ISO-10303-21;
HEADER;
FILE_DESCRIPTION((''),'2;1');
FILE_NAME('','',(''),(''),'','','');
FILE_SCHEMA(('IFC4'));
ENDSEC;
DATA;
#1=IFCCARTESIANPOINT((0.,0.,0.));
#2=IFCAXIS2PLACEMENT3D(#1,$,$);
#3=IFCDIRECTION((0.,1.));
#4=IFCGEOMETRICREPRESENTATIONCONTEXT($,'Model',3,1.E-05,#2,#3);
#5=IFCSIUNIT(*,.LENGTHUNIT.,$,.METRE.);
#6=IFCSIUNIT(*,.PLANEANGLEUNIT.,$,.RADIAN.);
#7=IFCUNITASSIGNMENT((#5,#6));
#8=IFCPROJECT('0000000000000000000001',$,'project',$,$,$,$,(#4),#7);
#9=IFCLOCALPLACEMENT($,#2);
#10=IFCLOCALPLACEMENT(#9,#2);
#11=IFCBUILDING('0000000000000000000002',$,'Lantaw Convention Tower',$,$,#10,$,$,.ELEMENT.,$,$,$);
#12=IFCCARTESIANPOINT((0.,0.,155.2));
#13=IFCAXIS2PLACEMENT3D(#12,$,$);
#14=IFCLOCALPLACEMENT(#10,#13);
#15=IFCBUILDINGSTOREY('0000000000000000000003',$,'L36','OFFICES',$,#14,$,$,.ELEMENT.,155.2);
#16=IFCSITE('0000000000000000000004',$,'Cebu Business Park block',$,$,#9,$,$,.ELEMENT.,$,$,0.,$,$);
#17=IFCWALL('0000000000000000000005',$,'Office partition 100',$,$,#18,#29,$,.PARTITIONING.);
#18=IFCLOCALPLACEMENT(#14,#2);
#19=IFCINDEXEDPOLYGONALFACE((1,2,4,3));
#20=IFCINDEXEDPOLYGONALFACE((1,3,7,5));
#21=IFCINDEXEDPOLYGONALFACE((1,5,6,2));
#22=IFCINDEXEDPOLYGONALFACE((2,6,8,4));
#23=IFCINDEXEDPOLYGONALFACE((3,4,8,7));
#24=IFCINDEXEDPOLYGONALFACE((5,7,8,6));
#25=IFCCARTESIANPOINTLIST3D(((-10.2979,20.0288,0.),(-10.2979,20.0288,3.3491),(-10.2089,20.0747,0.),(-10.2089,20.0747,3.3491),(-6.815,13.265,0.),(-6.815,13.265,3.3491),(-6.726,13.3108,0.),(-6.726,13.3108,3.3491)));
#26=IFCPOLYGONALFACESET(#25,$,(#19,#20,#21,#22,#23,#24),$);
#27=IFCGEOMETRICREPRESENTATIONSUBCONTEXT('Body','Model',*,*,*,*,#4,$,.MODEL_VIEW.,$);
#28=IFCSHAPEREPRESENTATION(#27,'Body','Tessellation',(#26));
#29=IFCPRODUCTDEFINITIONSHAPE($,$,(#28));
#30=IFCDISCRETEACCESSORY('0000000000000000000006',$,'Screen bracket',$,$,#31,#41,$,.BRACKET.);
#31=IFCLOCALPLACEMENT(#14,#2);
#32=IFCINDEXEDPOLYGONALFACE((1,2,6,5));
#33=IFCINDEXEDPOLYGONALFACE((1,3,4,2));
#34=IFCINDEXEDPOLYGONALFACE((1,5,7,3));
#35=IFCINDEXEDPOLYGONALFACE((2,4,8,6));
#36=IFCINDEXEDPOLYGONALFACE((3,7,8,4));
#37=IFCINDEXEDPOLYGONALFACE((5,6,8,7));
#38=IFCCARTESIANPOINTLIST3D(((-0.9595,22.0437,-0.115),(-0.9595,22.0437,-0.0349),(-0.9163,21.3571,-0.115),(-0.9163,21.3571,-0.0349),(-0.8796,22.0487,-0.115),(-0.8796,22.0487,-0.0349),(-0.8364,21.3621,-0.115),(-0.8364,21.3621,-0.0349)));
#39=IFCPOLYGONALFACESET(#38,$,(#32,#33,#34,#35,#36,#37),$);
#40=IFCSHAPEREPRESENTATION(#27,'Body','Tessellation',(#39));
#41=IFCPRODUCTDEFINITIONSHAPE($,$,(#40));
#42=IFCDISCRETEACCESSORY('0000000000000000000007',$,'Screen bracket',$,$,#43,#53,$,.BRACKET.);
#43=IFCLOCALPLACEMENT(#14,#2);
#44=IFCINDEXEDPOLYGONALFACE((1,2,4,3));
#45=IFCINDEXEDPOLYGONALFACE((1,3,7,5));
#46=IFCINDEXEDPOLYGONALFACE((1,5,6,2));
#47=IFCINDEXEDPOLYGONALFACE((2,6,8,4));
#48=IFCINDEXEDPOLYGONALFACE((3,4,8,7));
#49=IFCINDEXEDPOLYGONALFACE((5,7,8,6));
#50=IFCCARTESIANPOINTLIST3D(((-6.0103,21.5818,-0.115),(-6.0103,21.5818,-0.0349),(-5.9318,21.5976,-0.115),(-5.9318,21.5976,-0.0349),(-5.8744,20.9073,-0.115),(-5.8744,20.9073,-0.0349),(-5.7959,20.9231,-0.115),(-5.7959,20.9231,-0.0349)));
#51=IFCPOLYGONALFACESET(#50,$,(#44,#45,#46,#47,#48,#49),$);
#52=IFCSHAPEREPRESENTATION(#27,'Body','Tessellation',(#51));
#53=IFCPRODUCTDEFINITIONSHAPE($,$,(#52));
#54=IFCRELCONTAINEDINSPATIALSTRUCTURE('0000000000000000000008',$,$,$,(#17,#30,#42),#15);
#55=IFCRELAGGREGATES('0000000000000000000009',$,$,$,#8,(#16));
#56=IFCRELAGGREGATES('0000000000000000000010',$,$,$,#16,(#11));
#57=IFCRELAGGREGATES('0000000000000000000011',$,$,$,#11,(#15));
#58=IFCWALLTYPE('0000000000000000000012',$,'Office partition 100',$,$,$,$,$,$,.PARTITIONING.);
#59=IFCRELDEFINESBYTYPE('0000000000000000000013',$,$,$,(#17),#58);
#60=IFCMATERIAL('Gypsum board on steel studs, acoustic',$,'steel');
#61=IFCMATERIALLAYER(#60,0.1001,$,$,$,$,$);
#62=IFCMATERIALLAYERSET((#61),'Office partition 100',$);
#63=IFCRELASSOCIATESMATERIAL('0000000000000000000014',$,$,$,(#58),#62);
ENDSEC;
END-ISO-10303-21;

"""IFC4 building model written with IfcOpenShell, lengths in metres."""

from ifc_helpers import new_model, si_unit, direction, frame, frame_2d, origin, origin_2d, place, context, subcontext, project, spatial, rectangle, extrude, material, layer, layer_set, type_object, element, save


model = new_model("IFC4")

# Units and contexts
model_context = context("Model", 3, precision=1e-05, world=origin(), true_north=direction((0.0, 1.0)))
body_context = subcontext(model_context, "Body", "Model", "MODEL_VIEW")
ifc_project = project(units=[si_unit("LENGTHUNIT", "METRE"), si_unit("PLANEANGLEUNIT", "RADIAN")], contexts=[model_context])

# Site, building, storey
site_placement = place(None, origin())
site = spatial("IfcSite", under=ifc_project, at=site_placement, Name="Cebu Business Park block", CompositionType="ELEMENT", RefElevation=0.0)
building_placement = place(site_placement, origin())
building = spatial("IfcBuilding", under=site, at=building_placement, Name="Lantaw Convention Tower", CompositionType="ELEMENT")
storey_placement = place(building_placement, frame((0.0, 0.0, 155.2)))
storey = spatial("IfcBuildingStorey", under=building, at=storey_placement, Name="L36", Description="OFFICES", CompositionType="ELEMENT", Elevation=155.2)

# Wall
ifc_material_1 = material(Name="Gypsum board on steel studs, acoustic", Category="steel")
ifc_layer_1 = layer(ifc_material_1, 0.1001)
ifc_layer_set_1 = layer_set([ifc_layer_1], Name="Office partition 100")
wall_type = type_object("IfcWallType", Name="Office partition 100", PredefinedType="PARTITIONING", material=ifc_layer_set_1)
wall_1_placement = place(storey_placement, frame((-10.2534, 20.0518, 0.0), z_axis=(0.0, 0.0, 1.0), x_axis=(0.457798, -0.889056, 0.0)))
element("IfcWall", 1, at=wall_1_placement, inside=storey, type_object=wall_type, Name="Office partition 100", PredefinedType="PARTITIONING", context=body_context, shape_type="SweptSolid", body=[
    extrude(rectangle(XDim=7.6079, YDim=0.1001, at=frame_2d((3.804, 0.0))), origin(), (0.0, 0.0, 1.0), 3.3491),
])

# Discrete accessories
for number, where, z_axis, x_axis, name in (
    (2, (-0.8979, 21.7029, -0.115), (0.0, 0.0, 1.0), (-0.998022, -0.062865, 0.0), "Screen bracket"),
    (3, (-5.9031, 21.2524, -0.115), (0.0, 0.0, 1.0), (-0.980302, -0.197507, 0.0), "Screen bracket"),
):
    element("IfcDiscreteAccessory", number, at=place(storey_placement, frame(where, z_axis=z_axis, x_axis=x_axis)), inside=storey, Name=name, PredefinedType="BRACKET", context=body_context, shape_type="SweptSolid", body=[
        extrude(rectangle(XDim=0.0801, YDim=0.688, at=origin_2d()), origin(), (0.0, 0.0, 1.0), 0.0801),
    ])

save(model, "model.ifc")
